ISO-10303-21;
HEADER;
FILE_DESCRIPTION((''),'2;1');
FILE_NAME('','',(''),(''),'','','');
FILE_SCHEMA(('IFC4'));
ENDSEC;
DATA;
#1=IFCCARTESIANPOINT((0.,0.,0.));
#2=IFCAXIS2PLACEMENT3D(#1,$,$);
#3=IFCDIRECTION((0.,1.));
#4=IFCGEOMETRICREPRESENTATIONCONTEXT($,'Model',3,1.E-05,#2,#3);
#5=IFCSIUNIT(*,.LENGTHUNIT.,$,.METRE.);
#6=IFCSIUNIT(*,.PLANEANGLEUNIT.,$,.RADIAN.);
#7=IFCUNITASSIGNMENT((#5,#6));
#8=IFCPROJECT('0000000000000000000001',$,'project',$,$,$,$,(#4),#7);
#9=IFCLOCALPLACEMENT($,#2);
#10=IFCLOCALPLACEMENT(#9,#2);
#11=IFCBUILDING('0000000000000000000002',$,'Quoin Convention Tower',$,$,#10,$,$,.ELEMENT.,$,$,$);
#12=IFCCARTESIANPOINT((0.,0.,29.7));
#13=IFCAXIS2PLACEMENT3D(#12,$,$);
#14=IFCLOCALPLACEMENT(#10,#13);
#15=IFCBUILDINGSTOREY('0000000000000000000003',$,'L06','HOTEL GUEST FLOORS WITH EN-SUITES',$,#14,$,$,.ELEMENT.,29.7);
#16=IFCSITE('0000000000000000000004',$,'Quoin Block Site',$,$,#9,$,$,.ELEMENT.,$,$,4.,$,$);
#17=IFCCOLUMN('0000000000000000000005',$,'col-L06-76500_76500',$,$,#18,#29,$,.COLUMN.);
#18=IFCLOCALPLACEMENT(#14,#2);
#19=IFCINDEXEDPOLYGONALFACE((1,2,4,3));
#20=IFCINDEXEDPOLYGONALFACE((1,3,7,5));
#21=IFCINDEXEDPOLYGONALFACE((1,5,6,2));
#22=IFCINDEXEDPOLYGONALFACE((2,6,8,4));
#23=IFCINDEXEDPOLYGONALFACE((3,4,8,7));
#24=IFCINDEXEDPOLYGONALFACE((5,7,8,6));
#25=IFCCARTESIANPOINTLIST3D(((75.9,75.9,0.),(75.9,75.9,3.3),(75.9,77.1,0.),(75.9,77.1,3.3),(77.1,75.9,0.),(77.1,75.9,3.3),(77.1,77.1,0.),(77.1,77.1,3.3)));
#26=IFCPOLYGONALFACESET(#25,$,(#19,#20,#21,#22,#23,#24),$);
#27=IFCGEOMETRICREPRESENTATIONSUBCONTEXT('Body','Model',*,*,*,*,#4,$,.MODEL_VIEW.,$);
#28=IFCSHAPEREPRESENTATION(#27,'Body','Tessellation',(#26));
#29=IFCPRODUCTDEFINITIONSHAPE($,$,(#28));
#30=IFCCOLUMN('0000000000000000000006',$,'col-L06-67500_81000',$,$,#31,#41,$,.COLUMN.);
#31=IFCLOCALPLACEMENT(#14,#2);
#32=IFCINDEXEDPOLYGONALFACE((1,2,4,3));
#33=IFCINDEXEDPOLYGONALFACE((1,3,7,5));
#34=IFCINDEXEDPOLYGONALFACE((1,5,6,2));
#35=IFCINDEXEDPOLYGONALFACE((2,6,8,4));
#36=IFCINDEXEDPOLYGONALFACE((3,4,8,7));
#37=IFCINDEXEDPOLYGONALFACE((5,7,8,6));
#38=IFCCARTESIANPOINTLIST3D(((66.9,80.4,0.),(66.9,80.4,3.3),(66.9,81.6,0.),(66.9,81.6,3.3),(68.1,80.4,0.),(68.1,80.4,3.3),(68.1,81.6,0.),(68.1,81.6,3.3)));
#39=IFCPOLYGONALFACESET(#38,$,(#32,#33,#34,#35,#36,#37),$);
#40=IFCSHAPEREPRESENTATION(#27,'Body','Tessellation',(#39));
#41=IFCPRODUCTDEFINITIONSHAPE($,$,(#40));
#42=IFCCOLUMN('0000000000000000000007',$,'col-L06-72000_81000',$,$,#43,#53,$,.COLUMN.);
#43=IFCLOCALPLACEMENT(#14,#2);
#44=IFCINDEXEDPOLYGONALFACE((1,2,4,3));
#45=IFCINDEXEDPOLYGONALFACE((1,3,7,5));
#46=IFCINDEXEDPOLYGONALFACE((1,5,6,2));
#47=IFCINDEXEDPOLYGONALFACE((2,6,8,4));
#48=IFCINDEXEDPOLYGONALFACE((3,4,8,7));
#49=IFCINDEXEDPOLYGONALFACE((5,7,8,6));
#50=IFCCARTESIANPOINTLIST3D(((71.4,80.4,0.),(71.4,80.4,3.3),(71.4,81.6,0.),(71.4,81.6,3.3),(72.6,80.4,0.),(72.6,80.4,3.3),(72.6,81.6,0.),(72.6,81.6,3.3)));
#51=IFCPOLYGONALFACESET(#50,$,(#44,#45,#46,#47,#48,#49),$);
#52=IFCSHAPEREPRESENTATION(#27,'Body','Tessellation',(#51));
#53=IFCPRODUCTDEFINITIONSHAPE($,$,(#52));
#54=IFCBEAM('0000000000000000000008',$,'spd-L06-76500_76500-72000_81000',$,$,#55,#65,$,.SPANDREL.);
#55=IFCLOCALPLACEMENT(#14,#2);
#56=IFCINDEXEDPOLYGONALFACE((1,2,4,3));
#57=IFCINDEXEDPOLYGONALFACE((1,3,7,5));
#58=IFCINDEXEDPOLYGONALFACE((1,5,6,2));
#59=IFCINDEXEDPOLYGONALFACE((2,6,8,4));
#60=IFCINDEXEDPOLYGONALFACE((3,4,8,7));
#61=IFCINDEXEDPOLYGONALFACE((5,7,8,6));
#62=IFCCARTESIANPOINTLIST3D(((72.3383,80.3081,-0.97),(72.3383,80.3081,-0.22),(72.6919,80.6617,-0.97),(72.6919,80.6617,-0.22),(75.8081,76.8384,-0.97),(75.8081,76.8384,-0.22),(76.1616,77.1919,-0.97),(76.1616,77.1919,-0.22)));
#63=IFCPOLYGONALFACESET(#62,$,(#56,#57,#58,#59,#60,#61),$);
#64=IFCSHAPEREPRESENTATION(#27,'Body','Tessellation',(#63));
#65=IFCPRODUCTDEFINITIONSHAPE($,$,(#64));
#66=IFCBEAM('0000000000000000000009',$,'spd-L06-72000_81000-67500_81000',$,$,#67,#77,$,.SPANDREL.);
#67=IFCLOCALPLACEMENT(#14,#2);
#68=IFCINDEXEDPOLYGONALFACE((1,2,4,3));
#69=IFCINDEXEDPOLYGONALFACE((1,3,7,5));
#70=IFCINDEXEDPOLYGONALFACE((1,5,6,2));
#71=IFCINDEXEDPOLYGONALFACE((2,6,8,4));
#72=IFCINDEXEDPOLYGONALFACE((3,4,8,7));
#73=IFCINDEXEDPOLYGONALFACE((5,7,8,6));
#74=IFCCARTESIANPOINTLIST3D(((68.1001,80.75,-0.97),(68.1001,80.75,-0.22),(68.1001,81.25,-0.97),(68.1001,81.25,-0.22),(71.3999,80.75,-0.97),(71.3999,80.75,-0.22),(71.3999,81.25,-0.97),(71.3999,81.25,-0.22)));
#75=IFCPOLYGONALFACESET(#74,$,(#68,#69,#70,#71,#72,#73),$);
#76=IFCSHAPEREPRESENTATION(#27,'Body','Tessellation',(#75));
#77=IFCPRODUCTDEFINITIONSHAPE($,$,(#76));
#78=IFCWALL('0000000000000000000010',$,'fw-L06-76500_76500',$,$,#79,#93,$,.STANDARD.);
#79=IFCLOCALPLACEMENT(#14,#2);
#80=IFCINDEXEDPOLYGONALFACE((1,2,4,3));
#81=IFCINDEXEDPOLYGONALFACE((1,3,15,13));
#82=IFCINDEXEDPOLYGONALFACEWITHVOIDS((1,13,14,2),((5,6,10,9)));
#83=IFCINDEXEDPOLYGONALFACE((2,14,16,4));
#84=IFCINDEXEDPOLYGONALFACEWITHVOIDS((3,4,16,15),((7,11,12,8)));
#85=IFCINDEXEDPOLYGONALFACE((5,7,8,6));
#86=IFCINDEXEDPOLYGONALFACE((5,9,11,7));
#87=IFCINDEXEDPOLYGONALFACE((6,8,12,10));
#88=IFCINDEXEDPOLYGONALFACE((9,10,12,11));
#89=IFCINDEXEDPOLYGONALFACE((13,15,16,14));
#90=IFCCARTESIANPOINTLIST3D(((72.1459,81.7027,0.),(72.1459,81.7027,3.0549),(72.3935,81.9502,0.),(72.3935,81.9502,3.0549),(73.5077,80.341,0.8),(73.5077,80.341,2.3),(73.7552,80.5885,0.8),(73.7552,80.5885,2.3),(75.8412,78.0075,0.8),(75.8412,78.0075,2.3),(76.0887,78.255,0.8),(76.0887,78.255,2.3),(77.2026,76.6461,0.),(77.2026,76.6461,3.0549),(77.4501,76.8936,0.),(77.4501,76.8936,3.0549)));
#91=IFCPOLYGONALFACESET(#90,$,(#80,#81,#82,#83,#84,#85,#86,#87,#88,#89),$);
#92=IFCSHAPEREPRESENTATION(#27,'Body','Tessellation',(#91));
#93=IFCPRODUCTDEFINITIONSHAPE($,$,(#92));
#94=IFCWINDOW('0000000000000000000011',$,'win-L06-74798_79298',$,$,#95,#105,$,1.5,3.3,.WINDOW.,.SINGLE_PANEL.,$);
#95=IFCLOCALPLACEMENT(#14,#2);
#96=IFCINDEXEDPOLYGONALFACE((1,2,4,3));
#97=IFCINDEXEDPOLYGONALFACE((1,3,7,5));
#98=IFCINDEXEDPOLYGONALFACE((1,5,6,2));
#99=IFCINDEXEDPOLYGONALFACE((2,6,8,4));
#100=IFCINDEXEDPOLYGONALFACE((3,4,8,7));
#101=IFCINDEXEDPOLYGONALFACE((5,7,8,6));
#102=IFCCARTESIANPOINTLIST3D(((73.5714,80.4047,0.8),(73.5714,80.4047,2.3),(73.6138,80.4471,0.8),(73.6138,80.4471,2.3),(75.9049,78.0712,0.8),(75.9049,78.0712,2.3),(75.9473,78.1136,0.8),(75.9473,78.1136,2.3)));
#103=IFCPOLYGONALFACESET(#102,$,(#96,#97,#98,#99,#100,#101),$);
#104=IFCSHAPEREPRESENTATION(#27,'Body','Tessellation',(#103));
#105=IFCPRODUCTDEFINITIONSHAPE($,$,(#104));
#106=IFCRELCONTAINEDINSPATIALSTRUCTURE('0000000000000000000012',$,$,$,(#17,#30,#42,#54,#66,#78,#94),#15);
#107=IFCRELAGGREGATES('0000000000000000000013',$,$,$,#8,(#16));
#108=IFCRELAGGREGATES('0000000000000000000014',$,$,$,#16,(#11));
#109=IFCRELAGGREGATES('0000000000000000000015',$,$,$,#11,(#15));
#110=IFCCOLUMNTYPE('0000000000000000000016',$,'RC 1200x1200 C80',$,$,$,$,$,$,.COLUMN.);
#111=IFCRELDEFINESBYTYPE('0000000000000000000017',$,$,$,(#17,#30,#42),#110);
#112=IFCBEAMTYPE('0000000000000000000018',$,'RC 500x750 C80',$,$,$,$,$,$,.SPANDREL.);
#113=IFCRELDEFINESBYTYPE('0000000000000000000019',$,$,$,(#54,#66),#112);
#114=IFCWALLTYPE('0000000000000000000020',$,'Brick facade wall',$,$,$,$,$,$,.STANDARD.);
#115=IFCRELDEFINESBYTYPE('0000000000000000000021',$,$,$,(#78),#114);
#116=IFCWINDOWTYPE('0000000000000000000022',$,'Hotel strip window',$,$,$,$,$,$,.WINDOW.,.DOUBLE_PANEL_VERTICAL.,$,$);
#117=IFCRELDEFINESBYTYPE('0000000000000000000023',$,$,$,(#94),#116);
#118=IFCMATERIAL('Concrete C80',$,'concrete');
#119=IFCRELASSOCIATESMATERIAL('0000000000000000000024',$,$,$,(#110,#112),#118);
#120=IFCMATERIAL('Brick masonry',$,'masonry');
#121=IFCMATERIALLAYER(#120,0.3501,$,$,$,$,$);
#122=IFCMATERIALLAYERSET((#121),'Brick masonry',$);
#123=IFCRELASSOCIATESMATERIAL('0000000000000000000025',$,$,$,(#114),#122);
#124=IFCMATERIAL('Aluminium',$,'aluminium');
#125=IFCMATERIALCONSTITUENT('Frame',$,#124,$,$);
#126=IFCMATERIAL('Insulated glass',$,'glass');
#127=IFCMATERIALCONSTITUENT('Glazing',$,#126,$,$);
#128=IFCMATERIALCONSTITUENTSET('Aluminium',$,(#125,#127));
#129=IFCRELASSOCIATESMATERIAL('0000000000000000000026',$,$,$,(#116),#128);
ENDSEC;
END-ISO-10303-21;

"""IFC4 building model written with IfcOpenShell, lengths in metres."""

from ifc_helpers import new_model, si_unit, direction, frame, frame_2d, origin, origin_2d, place, context, subcontext, project, spatial, rectangle, extrude, material, layer, layer_set, constituent, constituent_set, material_profile, profile_set, type_object, element, fill, save


model = new_model("IFC4")

# Units and contexts
model_context = context("Model", 3, precision=1e-05, world=origin(), true_north=direction((0.0, 1.0)))
body_context = subcontext(model_context, "Body", "Model", "MODEL_VIEW")
ifc_project = project(units=[si_unit("LENGTHUNIT", "METRE"), si_unit("PLANEANGLEUNIT", "RADIAN")], contexts=[model_context])

# Site, building, storey
site_placement = place(None, origin())
site = spatial("IfcSite", under=ifc_project, at=site_placement, Name="Quoin Block Site", CompositionType="ELEMENT", RefElevation=4.0)
building_placement = place(site_placement, origin())
building = spatial("IfcBuilding", under=site, at=building_placement, Name="Quoin Convention Tower", CompositionType="ELEMENT")
storey_placement = place(building_placement, frame((0.0, 0.0, 29.7)))
storey = spatial("IfcBuildingStorey", under=building, at=storey_placement, Name="L06", Description="HOTEL GUEST FLOORS WITH EN-SUITES", CompositionType="ELEMENT", Elevation=29.7)

# Columns
ifc_material_1 = material(Name="Concrete C80", Category="concrete")
ifc_material_profile_1 = material_profile(ifc_material_1, rectangle(XDim=1.2, YDim=1.2, at=origin_2d()), Name="RC 1200x1200")
ifc_profile_set_1 = profile_set([ifc_material_profile_1], Name="Concrete C80")
column_type = type_object("IfcColumnType", Name="RC 1200x1200 C80", PredefinedType="COLUMN", material=ifc_profile_set_1)
for number, where, z_axis, x_axis, name in (
    (1, (76.5, 76.5, 0.0), (0.0, 0.0, 1.0), (1.0, 0.0, 0.0), "col-L06-76500_76500"),
    (2, (67.5, 81.0, 0.0), (0.0, 0.0, 1.0), (1.0, 0.0, 0.0), "col-L06-67500_81000"),
    (3, (72.0, 81.0, 0.0), (0.0, 0.0, 1.0), (1.0, 0.0, 0.0), "col-L06-72000_81000"),
):
    element("IfcColumn", number, at=place(storey_placement, frame(where, z_axis=z_axis, x_axis=x_axis)), inside=storey, type_object=column_type, Name=name, PredefinedType="COLUMN", context=body_context, shape_type="SweptSolid", body=[
        extrude(rectangle(XDim=1.2, YDim=1.2, at=origin_2d()), origin(), (0.0, 0.0, 1.0), 3.3),
    ])

# Beams
ifc_material_profile_2 = material_profile(ifc_material_1, rectangle(XDim=0.5, YDim=0.75, at=origin_2d()), Name="RC 500x750")
ifc_profile_set_2 = profile_set([ifc_material_profile_2], Name="Concrete C80")
beam_type = type_object("IfcBeamType", Name="RC 500x750 C80", PredefinedType="SPANDREL", material=ifc_profile_set_2)
beam_1_placement = place(storey_placement, frame((75.9849, 77.0151, -0.595), z_axis=(-0.707107, 0.707107, 0.0), x_axis=(-0.707107, -0.707107, 0.0)))
element("IfcBeam", 4, at=beam_1_placement, inside=storey, type_object=beam_type, Name="spd-L06-76500_76500-72000_81000", PredefinedType="SPANDREL", context=body_context, shape_type="SweptSolid", body=[
    extrude(rectangle(XDim=0.5, YDim=0.75, at=origin_2d()), origin(), (0.0, 0.0, 1.0), 4.907),
])
beam_2_placement = place(storey_placement, frame((71.3999, 81.0, -0.595), z_axis=(-1.0, 0.0, 0.0), x_axis=(0.0, -1.0, 0.0)))
element("IfcBeam", 5, at=beam_2_placement, inside=storey, type_object=beam_type, Name="spd-L06-72000_81000-67500_81000", PredefinedType="SPANDREL", context=body_context, shape_type="SweptSolid", body=[
    extrude(rectangle(XDim=0.5, YDim=0.75, at=origin_2d()), origin(), (0.0, 0.0, 1.0), 3.2998),
])

# Wall, opening, window
ifc_material_2 = material(Name="Brick masonry", Category="masonry")
ifc_layer_1 = layer(ifc_material_2, 0.3501)
ifc_layer_set_1 = layer_set([ifc_layer_1], Name="Brick masonry")
wall_type_1 = type_object("IfcWallType", Name="Brick facade wall", PredefinedType="STANDARD", material=ifc_layer_set_1)
wall_1_placement = place(storey_placement, frame((77.3264, 76.7698, 0.0), z_axis=(0.0, 0.0, 1.0), x_axis=(-0.707107, 0.707107, 0.0)))
wall_1 = element("IfcWall", 6, at=wall_1_placement, inside=storey, type_object=wall_type_1, Name="fw-L06-76500_76500", PredefinedType="STANDARD", context=body_context, shape_type="SweptSolid", body=[
    extrude(rectangle(XDim=7.1511, YDim=0.3501, at=frame_2d((3.5757, 0.0))), origin(), (0.0, 0.0, 1.0), 3.0549),
])
opening_1_placement = place(wall_1_placement, frame((1.9255, 0.0, 0.8)))
opening_1 = element("IfcOpeningElement", 7, at=opening_1_placement, cuts=wall_1, PredefinedType="OPENING", context=body_context, shape_type="SweptSolid", body=[
    extrude(rectangle(XDim=3.3, YDim=1.5, at=frame_2d((1.6499, 0.75))), frame((0.0, 0.1851, 0.0), z_axis=(0.0, -1.0, 0.0), x_axis=(1.0, 0.0, 0.0)), (0.0, 0.0, 1.0), 0.3701),
])
ifc_material_3 = material(Name="Aluminium", Category="aluminium")
ifc_constituent_1 = constituent(ifc_material_3, Name="Frame")
ifc_material_4 = material(Name="Insulated glass", Category="glass")
ifc_constituent_2 = constituent(ifc_material_4, Name="Glazing")
ifc_constituent_set = constituent_set(constituents=[ifc_constituent_1, ifc_constituent_2], Name="Aluminium")
window_type = type_object("IfcWindowType", Name="Hotel strip window", PartitioningType="DOUBLE_PANEL_VERTICAL", PredefinedType="WINDOW", material=ifc_constituent_set)
window_1_placement = place(opening_1_placement, origin())
window_1 = element("IfcWindow", 8, at=window_1_placement, inside=storey, type_object=window_type, Name="win-L06-74798_79298", OverallHeight=1.5, OverallWidth=3.3, PartitioningType="SINGLE_PANEL", PredefinedType="WINDOW", context=body_context, shape_type="SweptSolid", body=[
    extrude(rectangle(XDim=3.3, YDim=1.5, at=frame_2d((1.6499, 0.75))), frame((0.0, 0.085, 0.0), z_axis=(0.0, -1.0, 0.0), x_axis=(1.0, 0.0, 0.0)), (0.0, 0.0, 1.0), 0.0601),
])
fill(opening_1, window_1)

save(model, "model.ifc")
